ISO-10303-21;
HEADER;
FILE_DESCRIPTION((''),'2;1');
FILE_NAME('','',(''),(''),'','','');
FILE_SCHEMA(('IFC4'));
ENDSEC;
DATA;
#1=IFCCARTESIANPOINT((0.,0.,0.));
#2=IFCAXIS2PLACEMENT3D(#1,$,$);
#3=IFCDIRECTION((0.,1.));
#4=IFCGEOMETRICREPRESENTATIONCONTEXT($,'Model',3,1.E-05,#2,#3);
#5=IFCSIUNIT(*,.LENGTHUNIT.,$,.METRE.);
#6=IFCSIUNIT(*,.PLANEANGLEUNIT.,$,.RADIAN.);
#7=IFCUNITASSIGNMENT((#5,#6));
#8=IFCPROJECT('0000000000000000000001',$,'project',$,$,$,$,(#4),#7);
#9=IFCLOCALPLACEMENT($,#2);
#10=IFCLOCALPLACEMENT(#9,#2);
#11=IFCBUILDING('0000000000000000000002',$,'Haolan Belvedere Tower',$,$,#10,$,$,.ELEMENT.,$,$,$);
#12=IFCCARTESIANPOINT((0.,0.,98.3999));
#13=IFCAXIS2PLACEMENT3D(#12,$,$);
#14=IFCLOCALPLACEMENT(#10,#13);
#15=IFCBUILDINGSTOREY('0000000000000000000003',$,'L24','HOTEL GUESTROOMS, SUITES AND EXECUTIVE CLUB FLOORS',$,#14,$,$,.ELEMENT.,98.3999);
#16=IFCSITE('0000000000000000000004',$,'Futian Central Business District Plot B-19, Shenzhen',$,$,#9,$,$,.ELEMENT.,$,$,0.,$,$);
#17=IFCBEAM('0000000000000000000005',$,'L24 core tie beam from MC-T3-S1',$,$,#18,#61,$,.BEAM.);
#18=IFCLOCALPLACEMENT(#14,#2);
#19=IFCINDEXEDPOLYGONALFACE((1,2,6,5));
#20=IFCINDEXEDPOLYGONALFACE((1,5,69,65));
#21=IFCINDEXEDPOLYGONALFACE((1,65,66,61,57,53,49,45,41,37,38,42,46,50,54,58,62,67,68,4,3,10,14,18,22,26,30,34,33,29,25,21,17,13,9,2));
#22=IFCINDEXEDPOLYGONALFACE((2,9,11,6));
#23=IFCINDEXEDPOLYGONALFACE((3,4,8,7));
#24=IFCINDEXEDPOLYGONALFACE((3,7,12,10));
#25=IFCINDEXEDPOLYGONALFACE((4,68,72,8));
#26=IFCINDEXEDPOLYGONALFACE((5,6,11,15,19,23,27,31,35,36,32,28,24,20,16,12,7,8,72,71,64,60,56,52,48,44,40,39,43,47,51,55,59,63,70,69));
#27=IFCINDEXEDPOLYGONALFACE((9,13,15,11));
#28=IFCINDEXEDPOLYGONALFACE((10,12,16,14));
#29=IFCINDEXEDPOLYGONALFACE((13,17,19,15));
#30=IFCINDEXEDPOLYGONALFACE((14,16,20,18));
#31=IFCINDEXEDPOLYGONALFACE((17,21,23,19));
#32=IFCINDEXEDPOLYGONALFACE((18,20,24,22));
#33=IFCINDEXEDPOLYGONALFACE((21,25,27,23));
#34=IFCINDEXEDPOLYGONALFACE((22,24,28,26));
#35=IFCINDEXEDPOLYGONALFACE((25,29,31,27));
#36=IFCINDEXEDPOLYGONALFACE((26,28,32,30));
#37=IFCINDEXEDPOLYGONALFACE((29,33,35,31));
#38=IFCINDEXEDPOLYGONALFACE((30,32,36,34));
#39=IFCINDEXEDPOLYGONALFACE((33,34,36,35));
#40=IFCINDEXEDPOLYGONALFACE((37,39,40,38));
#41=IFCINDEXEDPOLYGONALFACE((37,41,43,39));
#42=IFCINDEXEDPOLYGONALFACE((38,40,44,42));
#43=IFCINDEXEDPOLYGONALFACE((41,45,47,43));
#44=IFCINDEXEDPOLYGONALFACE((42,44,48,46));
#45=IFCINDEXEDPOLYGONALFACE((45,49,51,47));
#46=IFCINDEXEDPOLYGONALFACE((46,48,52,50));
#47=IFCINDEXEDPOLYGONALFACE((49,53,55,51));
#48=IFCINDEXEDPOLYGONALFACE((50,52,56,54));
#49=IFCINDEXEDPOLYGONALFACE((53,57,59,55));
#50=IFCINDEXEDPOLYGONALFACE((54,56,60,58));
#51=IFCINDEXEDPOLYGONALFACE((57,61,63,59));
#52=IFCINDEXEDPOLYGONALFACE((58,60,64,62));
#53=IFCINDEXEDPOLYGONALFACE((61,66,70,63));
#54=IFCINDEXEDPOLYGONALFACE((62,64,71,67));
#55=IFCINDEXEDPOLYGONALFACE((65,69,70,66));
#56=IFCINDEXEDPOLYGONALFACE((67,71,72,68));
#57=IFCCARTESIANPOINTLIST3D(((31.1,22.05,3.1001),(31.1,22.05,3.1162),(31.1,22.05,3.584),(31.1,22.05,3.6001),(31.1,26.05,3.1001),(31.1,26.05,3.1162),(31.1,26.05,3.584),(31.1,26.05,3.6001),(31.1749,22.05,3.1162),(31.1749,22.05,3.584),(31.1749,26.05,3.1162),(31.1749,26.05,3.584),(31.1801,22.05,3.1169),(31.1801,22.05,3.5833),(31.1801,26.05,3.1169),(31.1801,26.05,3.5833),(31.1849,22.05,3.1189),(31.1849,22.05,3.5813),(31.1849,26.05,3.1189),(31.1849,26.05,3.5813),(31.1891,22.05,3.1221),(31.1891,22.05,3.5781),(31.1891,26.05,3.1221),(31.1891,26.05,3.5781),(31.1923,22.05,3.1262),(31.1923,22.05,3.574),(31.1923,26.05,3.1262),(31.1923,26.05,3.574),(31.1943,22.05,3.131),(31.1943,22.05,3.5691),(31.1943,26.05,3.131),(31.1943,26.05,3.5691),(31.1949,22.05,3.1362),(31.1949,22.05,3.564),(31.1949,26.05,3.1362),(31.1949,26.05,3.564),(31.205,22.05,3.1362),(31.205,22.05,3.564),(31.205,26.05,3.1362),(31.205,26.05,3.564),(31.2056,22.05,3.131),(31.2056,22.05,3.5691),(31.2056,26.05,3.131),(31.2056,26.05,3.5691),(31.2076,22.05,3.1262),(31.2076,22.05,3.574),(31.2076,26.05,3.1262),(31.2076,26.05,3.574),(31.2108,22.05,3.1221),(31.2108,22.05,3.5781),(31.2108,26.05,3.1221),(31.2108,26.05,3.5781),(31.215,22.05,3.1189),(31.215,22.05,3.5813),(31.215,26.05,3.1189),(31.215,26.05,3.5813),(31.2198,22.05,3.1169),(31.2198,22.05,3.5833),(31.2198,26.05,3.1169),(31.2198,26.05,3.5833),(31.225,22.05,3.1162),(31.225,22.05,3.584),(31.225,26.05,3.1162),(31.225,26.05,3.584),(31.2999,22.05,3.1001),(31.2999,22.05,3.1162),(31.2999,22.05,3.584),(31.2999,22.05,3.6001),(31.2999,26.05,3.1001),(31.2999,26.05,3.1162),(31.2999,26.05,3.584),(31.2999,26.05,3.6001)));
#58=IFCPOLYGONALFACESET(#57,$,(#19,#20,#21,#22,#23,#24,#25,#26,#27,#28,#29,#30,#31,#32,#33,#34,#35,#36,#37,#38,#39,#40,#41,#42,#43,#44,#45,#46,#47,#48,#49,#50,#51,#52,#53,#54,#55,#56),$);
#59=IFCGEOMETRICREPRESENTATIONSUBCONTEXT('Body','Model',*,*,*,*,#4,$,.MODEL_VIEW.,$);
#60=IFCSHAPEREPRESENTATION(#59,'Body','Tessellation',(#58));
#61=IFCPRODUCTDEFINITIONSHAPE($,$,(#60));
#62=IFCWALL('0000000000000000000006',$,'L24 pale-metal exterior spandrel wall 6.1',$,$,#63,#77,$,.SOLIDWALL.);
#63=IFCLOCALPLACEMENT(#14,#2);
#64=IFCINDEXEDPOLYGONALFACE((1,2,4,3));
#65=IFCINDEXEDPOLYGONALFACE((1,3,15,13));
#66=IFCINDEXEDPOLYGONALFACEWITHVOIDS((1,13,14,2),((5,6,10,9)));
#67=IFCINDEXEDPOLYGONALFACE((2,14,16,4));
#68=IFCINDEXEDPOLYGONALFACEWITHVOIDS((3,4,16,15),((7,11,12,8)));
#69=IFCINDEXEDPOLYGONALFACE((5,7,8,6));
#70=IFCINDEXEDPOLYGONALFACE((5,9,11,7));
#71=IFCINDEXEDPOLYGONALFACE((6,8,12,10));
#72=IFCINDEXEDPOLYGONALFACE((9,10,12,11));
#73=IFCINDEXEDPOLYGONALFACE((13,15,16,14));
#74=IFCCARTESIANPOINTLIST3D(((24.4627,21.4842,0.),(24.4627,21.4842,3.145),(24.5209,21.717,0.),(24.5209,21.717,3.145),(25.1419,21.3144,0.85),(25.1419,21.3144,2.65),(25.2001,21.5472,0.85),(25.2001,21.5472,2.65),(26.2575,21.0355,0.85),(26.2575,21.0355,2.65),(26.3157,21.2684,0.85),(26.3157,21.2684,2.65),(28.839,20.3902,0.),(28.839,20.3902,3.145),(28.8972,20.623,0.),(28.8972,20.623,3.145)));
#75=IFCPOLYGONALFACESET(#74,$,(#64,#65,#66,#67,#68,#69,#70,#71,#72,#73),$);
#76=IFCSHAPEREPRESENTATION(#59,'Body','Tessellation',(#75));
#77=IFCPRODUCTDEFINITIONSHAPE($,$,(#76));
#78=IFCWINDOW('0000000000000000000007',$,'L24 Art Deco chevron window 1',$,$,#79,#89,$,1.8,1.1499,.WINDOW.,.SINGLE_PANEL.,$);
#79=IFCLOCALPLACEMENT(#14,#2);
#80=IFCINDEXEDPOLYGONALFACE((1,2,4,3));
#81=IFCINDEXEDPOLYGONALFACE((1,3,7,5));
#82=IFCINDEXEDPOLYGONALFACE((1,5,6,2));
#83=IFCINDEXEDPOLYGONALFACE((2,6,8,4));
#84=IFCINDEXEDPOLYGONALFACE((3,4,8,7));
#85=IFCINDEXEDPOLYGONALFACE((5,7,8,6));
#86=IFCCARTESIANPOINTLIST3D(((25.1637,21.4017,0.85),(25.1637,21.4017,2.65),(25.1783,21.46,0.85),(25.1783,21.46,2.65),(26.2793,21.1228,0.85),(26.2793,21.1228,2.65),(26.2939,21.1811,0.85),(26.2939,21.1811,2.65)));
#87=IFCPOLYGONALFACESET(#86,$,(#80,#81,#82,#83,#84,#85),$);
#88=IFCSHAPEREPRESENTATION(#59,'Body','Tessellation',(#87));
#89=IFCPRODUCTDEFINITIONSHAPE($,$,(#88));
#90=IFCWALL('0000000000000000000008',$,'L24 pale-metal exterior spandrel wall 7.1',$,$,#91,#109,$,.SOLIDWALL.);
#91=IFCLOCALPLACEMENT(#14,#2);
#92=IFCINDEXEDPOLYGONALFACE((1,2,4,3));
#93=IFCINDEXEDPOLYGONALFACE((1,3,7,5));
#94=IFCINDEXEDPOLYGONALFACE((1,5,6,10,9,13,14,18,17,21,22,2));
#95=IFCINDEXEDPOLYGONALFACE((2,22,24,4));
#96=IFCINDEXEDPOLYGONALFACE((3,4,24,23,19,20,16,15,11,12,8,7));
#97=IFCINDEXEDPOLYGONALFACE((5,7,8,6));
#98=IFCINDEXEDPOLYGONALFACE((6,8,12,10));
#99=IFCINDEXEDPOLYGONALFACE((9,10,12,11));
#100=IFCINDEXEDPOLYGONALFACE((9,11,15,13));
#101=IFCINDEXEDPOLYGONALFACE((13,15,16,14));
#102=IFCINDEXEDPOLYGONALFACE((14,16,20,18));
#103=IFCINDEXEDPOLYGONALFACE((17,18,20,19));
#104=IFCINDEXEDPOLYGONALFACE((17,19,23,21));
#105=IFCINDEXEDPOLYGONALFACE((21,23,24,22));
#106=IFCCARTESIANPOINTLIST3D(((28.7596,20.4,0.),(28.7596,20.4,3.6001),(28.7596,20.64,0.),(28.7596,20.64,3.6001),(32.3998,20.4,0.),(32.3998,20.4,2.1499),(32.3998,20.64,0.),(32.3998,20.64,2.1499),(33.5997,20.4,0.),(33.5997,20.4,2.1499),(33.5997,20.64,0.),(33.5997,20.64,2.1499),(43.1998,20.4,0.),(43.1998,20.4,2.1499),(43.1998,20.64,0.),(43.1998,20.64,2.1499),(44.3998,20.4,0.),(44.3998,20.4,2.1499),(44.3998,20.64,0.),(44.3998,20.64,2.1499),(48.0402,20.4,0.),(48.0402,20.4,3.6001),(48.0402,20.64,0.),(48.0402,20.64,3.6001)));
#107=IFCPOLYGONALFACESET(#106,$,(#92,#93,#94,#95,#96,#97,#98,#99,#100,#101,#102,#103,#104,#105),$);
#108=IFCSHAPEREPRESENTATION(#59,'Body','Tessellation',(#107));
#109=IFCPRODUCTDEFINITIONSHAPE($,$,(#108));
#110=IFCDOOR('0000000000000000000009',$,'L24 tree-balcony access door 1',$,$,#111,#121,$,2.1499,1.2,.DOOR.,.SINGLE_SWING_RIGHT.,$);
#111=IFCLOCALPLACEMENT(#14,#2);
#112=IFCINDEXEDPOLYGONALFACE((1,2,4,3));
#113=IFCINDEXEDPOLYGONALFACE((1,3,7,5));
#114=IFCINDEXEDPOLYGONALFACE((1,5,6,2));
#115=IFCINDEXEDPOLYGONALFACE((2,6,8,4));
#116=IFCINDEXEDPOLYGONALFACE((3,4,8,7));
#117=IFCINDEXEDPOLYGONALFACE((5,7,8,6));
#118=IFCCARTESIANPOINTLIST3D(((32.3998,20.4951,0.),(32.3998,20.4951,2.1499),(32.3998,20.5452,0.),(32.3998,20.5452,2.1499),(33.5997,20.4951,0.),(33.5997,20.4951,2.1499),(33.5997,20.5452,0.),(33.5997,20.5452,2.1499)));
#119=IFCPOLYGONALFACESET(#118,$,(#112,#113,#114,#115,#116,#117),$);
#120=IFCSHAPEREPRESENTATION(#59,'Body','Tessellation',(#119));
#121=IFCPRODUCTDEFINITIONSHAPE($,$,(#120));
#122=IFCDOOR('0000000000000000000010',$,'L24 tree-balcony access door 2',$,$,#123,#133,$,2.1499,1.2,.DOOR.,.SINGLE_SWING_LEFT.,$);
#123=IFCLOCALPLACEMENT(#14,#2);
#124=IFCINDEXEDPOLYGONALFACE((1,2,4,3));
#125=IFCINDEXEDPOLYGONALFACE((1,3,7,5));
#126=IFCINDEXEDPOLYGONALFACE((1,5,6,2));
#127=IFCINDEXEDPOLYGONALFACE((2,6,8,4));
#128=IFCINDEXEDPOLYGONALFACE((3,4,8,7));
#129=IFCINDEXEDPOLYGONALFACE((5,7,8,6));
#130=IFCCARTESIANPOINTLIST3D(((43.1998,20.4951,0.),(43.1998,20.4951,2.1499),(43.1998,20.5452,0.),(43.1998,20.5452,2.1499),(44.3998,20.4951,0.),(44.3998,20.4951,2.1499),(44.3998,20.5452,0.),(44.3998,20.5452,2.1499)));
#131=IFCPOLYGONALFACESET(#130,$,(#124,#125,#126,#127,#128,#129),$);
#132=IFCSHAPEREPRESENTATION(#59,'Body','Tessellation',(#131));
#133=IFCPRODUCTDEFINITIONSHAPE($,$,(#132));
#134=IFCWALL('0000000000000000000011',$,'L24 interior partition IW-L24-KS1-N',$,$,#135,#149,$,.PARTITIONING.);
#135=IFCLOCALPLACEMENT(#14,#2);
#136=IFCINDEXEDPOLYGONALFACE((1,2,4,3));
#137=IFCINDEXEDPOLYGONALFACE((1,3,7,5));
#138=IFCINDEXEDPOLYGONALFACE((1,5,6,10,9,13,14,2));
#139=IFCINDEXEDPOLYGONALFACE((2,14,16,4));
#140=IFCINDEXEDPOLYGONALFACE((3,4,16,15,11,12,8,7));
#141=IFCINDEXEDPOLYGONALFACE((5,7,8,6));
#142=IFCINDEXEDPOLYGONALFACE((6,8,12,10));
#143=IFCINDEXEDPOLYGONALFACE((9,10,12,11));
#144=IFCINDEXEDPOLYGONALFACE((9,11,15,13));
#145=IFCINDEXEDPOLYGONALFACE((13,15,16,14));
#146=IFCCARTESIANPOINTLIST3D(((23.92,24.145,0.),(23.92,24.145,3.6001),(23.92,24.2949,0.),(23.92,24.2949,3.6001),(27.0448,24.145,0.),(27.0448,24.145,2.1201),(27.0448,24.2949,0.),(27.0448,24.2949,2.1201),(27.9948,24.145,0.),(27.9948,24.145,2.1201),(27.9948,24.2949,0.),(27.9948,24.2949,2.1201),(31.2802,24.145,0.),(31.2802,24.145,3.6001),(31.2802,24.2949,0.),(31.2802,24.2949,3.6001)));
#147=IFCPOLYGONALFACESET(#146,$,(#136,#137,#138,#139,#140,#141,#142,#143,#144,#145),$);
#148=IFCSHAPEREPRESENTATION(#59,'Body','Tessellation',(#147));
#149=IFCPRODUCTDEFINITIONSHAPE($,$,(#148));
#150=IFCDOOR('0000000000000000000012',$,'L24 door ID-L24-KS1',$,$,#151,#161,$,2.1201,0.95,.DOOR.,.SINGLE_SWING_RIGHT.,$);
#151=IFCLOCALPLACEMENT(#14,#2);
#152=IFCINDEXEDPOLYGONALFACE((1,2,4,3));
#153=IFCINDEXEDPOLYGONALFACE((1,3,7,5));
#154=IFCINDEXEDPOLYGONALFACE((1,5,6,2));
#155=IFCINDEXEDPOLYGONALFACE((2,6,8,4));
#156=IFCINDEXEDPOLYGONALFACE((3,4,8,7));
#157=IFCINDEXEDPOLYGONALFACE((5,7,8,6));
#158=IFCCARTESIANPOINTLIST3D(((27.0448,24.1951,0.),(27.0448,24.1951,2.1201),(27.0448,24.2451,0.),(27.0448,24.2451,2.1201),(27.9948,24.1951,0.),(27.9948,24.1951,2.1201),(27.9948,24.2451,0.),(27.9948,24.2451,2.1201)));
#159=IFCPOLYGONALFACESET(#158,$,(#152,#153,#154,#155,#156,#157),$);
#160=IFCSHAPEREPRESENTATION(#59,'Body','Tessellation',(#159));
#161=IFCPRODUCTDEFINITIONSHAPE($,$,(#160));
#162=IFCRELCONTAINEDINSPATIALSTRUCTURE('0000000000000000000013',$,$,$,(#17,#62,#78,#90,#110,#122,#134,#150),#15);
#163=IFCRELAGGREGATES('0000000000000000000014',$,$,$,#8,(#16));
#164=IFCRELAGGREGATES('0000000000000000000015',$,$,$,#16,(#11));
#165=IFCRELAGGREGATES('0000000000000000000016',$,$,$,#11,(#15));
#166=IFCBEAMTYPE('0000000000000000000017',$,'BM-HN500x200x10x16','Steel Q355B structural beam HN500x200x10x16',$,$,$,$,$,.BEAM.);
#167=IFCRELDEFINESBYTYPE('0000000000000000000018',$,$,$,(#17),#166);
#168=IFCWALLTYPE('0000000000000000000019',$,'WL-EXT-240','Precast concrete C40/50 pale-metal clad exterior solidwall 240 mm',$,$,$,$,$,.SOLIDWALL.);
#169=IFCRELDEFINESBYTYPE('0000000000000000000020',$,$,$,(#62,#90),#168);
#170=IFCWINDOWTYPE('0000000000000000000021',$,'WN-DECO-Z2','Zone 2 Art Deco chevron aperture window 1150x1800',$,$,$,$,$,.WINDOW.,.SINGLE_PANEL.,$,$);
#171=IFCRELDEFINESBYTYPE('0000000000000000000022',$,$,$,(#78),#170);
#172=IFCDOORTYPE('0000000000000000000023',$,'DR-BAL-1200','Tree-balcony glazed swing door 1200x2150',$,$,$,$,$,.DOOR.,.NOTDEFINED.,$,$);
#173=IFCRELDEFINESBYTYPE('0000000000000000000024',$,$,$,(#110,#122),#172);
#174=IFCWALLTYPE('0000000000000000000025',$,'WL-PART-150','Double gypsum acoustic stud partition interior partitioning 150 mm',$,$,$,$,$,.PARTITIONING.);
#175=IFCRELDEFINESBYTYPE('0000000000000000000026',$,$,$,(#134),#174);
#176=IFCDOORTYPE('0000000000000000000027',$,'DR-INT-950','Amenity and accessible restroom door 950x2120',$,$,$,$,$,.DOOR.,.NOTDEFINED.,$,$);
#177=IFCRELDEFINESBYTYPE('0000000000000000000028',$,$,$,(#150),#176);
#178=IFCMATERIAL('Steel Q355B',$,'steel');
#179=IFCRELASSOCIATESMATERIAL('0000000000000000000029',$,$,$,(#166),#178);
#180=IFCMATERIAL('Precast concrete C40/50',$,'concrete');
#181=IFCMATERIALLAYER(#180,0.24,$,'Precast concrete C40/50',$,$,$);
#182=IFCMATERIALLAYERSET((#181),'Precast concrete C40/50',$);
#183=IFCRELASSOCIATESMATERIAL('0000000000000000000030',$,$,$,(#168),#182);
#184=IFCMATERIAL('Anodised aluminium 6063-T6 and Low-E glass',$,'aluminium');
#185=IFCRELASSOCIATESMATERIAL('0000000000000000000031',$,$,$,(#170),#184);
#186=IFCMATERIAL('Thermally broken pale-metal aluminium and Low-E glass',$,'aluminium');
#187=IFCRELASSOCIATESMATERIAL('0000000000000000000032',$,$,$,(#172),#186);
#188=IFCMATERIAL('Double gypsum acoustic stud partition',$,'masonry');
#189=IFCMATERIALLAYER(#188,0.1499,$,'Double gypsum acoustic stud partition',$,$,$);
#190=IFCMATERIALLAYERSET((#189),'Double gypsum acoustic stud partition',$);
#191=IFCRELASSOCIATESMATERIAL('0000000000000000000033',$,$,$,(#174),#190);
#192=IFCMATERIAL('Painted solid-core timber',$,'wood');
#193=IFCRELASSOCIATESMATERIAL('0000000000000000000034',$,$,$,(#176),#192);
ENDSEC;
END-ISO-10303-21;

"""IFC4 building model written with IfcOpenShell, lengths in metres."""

from ifc_helpers import new_model, si_unit, direction, frame, frame_2d, origin, origin_2d, place, context, subcontext, project, spatial, rectangle, i_section, extrude, material, layer, layer_set, material_profile, profile_set, type_object, element, fill, save


model = new_model("IFC4")

# Units and contexts
model_context = context("Model", 3, precision=1e-05, world=origin(), true_north=direction((0.0, 1.0)))
body_context = subcontext(model_context, "Body", "Model", "MODEL_VIEW")
ifc_project = project(units=[si_unit("LENGTHUNIT", "METRE"), si_unit("PLANEANGLEUNIT", "RADIAN")], contexts=[model_context])

# Site, building, storey
site_placement = place(None, origin())
site = spatial("IfcSite", under=ifc_project, at=site_placement, Name="Futian Central Business District Plot B-19, Shenzhen", CompositionType="ELEMENT", RefElevation=0.0)
building_placement = place(site_placement, origin())
building = spatial("IfcBuilding", under=site, at=building_placement, Name="Haolan Belvedere Tower", CompositionType="ELEMENT")
storey_placement = place(building_placement, frame((0.0, 0.0, 98.3999)))
storey = spatial("IfcBuildingStorey", under=building, at=storey_placement, Name="L24", Description="HOTEL GUESTROOMS, SUITES AND EXECUTIVE CLUB FLOORS", CompositionType="ELEMENT", Elevation=98.3999)

# Beam
ifc_material_1 = material(Name="Steel Q355B", Category="steel")
ifc_material_profile_1 = material_profile(ifc_material_1, i_section(OverallWidth=0.2, OverallDepth=0.5, WebThickness=0.01, FlangeThickness=0.0161, FilletRadius=0.02, at=origin_2d()), Name="Steel Q355B")
ifc_profile_set_1 = profile_set([ifc_material_profile_1], Name="Steel Q355B")
beam_type_1 = type_object("IfcBeamType", Name="BM-HN500x200x10x16", Description="Steel Q355B structural beam HN500x200x10x16", PredefinedType="BEAM", material=ifc_profile_set_1)
beam_1_placement = place(storey_placement, frame((31.2, 22.05, 3.3501), z_axis=(0.0, 1.0, 0.0), x_axis=(-1.0, 0.0, 0.0)))
element("IfcBeam", 1, at=beam_1_placement, inside=storey, type_object=beam_type_1, Name="L24 core tie beam from MC-T3-S1", PredefinedType="BEAM", context=body_context, shape_type="SweptSolid", body=[
    extrude(i_section(OverallWidth=0.2, OverallDepth=0.5, WebThickness=0.01, FlangeThickness=0.0161, FilletRadius=0.02, at=origin_2d()), origin(), (0.0, 0.0, 1.0), 4.0),
])

# Wall, opening, window
ifc_material_2 = material(Name="Precast concrete C40/50", Category="concrete")
ifc_layer_1 = layer(ifc_material_2, 0.24, Name="Precast concrete C40/50")
ifc_layer_set_1 = layer_set([ifc_layer_1], Name="Precast concrete C40/50")
wall_type_1 = type_object("IfcWallType", Name="WL-EXT-240", Description="Precast concrete C40/50 pale-metal clad exterior solidwall 240 mm", PredefinedType="SOLIDWALL", material=ifc_layer_set_1)
wall_1_placement = place(storey_placement, frame((24.4919, 21.6006, 0.0), z_axis=(0.0, 0.0, 1.0), x_axis=(0.970146, -0.242523, 0.0)))
wall_1 = element("IfcWall", 2, at=wall_1_placement, inside=storey, type_object=wall_type_1, Name="L24 pale-metal exterior spandrel wall 6.1", PredefinedType="SOLIDWALL", context=body_context, shape_type="SweptSolid", body=[
    extrude(rectangle(XDim=4.511, YDim=0.24, at=frame_2d((2.2554, 0.0))), origin(), (0.0, 0.0, 1.0), 3.145),
])
opening_1_placement = place(wall_1_placement, frame((0.7, 0.0, 0.8501)))
opening_1 = element("IfcOpeningElement", 3, at=opening_1_placement, cuts=wall_1, PredefinedType="OPENING", context=body_context, shape_type="SweptSolid", body=[
    extrude(rectangle(XDim=1.1499, YDim=1.8, at=frame_2d((0.575, 0.8999))), frame((0.0, 0.1299, 0.0), z_axis=(0.0, -1.0, 0.0), x_axis=(1.0, 0.0, 0.0)), (0.0, 0.0, 1.0), 0.26),
])
ifc_material_3 = material(Name="Anodised aluminium 6063-T6 and Low-E glass", Category="aluminium")
window_type = type_object("IfcWindowType", Name="WN-DECO-Z2", Description="Zone 2 Art Deco chevron aperture window 1150x1800", PartitioningType="SINGLE_PANEL", PredefinedType="WINDOW", material=ifc_material_3)
window_placement = place(opening_1_placement, origin())
window = element("IfcWindow", 4, at=window_placement, inside=storey, type_object=window_type, Name="L24 Art Deco chevron window 1", OverallHeight=1.8, OverallWidth=1.1499, PartitioningType="SINGLE_PANEL", PredefinedType="WINDOW", context=body_context, shape_type="SweptSolid", body=[
    extrude(rectangle(XDim=1.1499, YDim=1.8, at=frame_2d((0.575, 0.8999))), frame((0.0, 0.03, 0.0), z_axis=(0.0, -1.0, 0.0), x_axis=(1.0, 0.0, 0.0)), (0.0, 0.0, 1.0), 0.0601),
])
fill(opening_1, window)

# Wall, openings, doors
wall_2_placement = place(storey_placement, frame((28.7598, 20.52, 0.0), z_axis=(0.0, 0.0, 1.0), x_axis=(1.0, 0.0, 0.0)))
wall_2 = element("IfcWall", 5, at=wall_2_placement, inside=storey, type_object=wall_type_1, Name="L24 pale-metal exterior spandrel wall 7.1", PredefinedType="SOLIDWALL", context=body_context, shape_type="SweptSolid", body=[
    extrude(rectangle(XDim=19.2805, YDim=0.24, at=frame_2d((9.6401, 0.0))), origin(), (0.0, 0.0, 1.0), 3.6001),
])
opening_2_placement = place(wall_2_placement, frame((4.8401, 0.0, 0.0), z_axis=(0.0, 0.0, 1.0), x_axis=(-1.0, 0.0, 0.0)))
opening_2 = element("IfcOpeningElement", 6, at=opening_2_placement, cuts=wall_2, PredefinedType="OPENING", context=body_context, shape_type="SweptSolid", body=[
    extrude(rectangle(XDim=1.2, YDim=2.1499, at=frame_2d((0.6001, 1.075))), frame((0.0, 0.1299, 0.0), z_axis=(0.0, -1.0, 0.0), x_axis=(1.0, 0.0, 0.0)), (0.0, 0.0, 1.0), 0.26),
])
opening_3_placement = place(wall_2_placement, frame((15.6401, 0.0, 0.0), z_axis=(0.0, 0.0, 1.0), x_axis=(-1.0, 0.0, 0.0)))
opening_3 = element("IfcOpeningElement", 7, at=opening_3_placement, cuts=wall_2, PredefinedType="OPENING", context=body_context, shape_type="SweptSolid", body=[
    extrude(rectangle(XDim=1.2, YDim=2.1499, at=frame_2d((0.6001, 1.075))), frame((0.0, 0.1299, 0.0), z_axis=(0.0, -1.0, 0.0), x_axis=(1.0, 0.0, 0.0)), (0.0, 0.0, 1.0), 0.26),
])
ifc_material_4 = material(Name="Thermally broken pale-metal aluminium and Low-E glass", Category="aluminium")
door_type_1 = type_object("IfcDoorType", Name="DR-BAL-1200", Description="Tree-balcony glazed swing door 1200x2150", OperationType="NOTDEFINED", PredefinedType="DOOR", material=ifc_material_4)
door_1_placement = place(opening_2_placement, origin())
door_1 = element("IfcDoor", 8, at=door_1_placement, inside=storey, type_object=door_type_1, Name="L24 tree-balcony access door 1", OperationType="SINGLE_SWING_RIGHT", OverallHeight=2.1499, OverallWidth=1.2, PredefinedType="DOOR", context=body_context, shape_type="SweptSolid", body=[
    extrude(rectangle(XDim=1.2, YDim=2.1499, at=frame_2d((0.6001, 1.075))), frame((0.0, 0.0249, 0.0), z_axis=(0.0, -1.0, 0.0), x_axis=(1.0, 0.0, 0.0)), (0.0, 0.0, 1.0), 0.05),
])
fill(opening_2, door_1)
door_2_placement = place(opening_3_placement, origin())
door_2 = element("IfcDoor", 9, at=door_2_placement, inside=storey, type_object=door_type_1, Name="L24 tree-balcony access door 2", OperationType="SINGLE_SWING_LEFT", OverallHeight=2.1499, OverallWidth=1.2, PredefinedType="DOOR", context=body_context, shape_type="SweptSolid", body=[
    extrude(rectangle(XDim=1.2, YDim=2.1499, at=frame_2d((0.6001, 1.075))), frame((0.0, 0.0249, 0.0), z_axis=(0.0, -1.0, 0.0), x_axis=(1.0, 0.0, 0.0)), (0.0, 0.0, 1.0), 0.05),
])
fill(opening_3, door_2)

# Wall, opening, door
ifc_material_5 = material(Name="Double gypsum acoustic stud partition", Category="masonry")
ifc_layer_2 = layer(ifc_material_5, 0.1499, Name="Double gypsum acoustic stud partition")
ifc_layer_set_2 = layer_set([ifc_layer_2], Name="Double gypsum acoustic stud partition")
wall_type_2 = type_object("IfcWallType", Name="WL-PART-150", Description="Double gypsum acoustic stud partition interior partitioning 150 mm", PredefinedType="PARTITIONING", material=ifc_layer_set_2)
wall_3_placement = place(storey_placement, frame((23.9199, 24.22, 0.0), z_axis=(0.0, 0.0, 1.0), x_axis=(1.0, 0.0, 0.0)))
wall_3 = element("IfcWall", 10, at=wall_3_placement, inside=storey, type_object=wall_type_2, Name="L24 interior partition IW-L24-KS1-N", PredefinedType="PARTITIONING", context=body_context, shape_type="SweptSolid", body=[
    extrude(rectangle(XDim=7.3601, YDim=0.1499, at=frame_2d((3.6802, 0.0))), origin(), (0.0, 0.0, 1.0), 3.6001),
])
opening_4_placement = place(wall_3_placement, frame((4.075, 0.0, 0.0), z_axis=(0.0, 0.0, 1.0), x_axis=(-1.0, 0.0, 0.0)))
opening_4 = element("IfcOpeningElement", 11, at=opening_4_placement, cuts=wall_3, PredefinedType="OPENING", context=body_context, shape_type="SweptSolid", body=[
    extrude(rectangle(XDim=0.95, YDim=2.1201, at=frame_2d((0.4751, 1.0601))), frame((0.0, 0.085, 0.0), z_axis=(0.0, -1.0, 0.0), x_axis=(1.0, 0.0, 0.0)), (0.0, 0.0, 1.0), 0.1699),
])
ifc_material_6 = material(Name="Painted solid-core timber", Category="wood")
door_type_2 = type_object("IfcDoorType", Name="DR-INT-950", Description="Amenity and accessible restroom door 950x2120", OperationType="NOTDEFINED", PredefinedType="DOOR", material=ifc_material_6)
door_3_placement = place(opening_4_placement, origin())
door_3 = element("IfcDoor", 12, at=door_3_placement, inside=storey, type_object=door_type_2, Name="L24 door ID-L24-KS1", OperationType="SINGLE_SWING_RIGHT", OverallHeight=2.1201, OverallWidth=0.95, PredefinedType="DOOR", context=body_context, shape_type="SweptSolid", body=[
    extrude(rectangle(XDim=0.95, YDim=2.1201, at=frame_2d((0.4751, 1.0601))), frame((0.0, 0.0249, 0.0), z_axis=(0.0, -1.0, 0.0), x_axis=(1.0, 0.0, 0.0)), (0.0, 0.0, 1.0), 0.05),
])
fill(opening_4, door_3)

save(model, "model.ifc")
